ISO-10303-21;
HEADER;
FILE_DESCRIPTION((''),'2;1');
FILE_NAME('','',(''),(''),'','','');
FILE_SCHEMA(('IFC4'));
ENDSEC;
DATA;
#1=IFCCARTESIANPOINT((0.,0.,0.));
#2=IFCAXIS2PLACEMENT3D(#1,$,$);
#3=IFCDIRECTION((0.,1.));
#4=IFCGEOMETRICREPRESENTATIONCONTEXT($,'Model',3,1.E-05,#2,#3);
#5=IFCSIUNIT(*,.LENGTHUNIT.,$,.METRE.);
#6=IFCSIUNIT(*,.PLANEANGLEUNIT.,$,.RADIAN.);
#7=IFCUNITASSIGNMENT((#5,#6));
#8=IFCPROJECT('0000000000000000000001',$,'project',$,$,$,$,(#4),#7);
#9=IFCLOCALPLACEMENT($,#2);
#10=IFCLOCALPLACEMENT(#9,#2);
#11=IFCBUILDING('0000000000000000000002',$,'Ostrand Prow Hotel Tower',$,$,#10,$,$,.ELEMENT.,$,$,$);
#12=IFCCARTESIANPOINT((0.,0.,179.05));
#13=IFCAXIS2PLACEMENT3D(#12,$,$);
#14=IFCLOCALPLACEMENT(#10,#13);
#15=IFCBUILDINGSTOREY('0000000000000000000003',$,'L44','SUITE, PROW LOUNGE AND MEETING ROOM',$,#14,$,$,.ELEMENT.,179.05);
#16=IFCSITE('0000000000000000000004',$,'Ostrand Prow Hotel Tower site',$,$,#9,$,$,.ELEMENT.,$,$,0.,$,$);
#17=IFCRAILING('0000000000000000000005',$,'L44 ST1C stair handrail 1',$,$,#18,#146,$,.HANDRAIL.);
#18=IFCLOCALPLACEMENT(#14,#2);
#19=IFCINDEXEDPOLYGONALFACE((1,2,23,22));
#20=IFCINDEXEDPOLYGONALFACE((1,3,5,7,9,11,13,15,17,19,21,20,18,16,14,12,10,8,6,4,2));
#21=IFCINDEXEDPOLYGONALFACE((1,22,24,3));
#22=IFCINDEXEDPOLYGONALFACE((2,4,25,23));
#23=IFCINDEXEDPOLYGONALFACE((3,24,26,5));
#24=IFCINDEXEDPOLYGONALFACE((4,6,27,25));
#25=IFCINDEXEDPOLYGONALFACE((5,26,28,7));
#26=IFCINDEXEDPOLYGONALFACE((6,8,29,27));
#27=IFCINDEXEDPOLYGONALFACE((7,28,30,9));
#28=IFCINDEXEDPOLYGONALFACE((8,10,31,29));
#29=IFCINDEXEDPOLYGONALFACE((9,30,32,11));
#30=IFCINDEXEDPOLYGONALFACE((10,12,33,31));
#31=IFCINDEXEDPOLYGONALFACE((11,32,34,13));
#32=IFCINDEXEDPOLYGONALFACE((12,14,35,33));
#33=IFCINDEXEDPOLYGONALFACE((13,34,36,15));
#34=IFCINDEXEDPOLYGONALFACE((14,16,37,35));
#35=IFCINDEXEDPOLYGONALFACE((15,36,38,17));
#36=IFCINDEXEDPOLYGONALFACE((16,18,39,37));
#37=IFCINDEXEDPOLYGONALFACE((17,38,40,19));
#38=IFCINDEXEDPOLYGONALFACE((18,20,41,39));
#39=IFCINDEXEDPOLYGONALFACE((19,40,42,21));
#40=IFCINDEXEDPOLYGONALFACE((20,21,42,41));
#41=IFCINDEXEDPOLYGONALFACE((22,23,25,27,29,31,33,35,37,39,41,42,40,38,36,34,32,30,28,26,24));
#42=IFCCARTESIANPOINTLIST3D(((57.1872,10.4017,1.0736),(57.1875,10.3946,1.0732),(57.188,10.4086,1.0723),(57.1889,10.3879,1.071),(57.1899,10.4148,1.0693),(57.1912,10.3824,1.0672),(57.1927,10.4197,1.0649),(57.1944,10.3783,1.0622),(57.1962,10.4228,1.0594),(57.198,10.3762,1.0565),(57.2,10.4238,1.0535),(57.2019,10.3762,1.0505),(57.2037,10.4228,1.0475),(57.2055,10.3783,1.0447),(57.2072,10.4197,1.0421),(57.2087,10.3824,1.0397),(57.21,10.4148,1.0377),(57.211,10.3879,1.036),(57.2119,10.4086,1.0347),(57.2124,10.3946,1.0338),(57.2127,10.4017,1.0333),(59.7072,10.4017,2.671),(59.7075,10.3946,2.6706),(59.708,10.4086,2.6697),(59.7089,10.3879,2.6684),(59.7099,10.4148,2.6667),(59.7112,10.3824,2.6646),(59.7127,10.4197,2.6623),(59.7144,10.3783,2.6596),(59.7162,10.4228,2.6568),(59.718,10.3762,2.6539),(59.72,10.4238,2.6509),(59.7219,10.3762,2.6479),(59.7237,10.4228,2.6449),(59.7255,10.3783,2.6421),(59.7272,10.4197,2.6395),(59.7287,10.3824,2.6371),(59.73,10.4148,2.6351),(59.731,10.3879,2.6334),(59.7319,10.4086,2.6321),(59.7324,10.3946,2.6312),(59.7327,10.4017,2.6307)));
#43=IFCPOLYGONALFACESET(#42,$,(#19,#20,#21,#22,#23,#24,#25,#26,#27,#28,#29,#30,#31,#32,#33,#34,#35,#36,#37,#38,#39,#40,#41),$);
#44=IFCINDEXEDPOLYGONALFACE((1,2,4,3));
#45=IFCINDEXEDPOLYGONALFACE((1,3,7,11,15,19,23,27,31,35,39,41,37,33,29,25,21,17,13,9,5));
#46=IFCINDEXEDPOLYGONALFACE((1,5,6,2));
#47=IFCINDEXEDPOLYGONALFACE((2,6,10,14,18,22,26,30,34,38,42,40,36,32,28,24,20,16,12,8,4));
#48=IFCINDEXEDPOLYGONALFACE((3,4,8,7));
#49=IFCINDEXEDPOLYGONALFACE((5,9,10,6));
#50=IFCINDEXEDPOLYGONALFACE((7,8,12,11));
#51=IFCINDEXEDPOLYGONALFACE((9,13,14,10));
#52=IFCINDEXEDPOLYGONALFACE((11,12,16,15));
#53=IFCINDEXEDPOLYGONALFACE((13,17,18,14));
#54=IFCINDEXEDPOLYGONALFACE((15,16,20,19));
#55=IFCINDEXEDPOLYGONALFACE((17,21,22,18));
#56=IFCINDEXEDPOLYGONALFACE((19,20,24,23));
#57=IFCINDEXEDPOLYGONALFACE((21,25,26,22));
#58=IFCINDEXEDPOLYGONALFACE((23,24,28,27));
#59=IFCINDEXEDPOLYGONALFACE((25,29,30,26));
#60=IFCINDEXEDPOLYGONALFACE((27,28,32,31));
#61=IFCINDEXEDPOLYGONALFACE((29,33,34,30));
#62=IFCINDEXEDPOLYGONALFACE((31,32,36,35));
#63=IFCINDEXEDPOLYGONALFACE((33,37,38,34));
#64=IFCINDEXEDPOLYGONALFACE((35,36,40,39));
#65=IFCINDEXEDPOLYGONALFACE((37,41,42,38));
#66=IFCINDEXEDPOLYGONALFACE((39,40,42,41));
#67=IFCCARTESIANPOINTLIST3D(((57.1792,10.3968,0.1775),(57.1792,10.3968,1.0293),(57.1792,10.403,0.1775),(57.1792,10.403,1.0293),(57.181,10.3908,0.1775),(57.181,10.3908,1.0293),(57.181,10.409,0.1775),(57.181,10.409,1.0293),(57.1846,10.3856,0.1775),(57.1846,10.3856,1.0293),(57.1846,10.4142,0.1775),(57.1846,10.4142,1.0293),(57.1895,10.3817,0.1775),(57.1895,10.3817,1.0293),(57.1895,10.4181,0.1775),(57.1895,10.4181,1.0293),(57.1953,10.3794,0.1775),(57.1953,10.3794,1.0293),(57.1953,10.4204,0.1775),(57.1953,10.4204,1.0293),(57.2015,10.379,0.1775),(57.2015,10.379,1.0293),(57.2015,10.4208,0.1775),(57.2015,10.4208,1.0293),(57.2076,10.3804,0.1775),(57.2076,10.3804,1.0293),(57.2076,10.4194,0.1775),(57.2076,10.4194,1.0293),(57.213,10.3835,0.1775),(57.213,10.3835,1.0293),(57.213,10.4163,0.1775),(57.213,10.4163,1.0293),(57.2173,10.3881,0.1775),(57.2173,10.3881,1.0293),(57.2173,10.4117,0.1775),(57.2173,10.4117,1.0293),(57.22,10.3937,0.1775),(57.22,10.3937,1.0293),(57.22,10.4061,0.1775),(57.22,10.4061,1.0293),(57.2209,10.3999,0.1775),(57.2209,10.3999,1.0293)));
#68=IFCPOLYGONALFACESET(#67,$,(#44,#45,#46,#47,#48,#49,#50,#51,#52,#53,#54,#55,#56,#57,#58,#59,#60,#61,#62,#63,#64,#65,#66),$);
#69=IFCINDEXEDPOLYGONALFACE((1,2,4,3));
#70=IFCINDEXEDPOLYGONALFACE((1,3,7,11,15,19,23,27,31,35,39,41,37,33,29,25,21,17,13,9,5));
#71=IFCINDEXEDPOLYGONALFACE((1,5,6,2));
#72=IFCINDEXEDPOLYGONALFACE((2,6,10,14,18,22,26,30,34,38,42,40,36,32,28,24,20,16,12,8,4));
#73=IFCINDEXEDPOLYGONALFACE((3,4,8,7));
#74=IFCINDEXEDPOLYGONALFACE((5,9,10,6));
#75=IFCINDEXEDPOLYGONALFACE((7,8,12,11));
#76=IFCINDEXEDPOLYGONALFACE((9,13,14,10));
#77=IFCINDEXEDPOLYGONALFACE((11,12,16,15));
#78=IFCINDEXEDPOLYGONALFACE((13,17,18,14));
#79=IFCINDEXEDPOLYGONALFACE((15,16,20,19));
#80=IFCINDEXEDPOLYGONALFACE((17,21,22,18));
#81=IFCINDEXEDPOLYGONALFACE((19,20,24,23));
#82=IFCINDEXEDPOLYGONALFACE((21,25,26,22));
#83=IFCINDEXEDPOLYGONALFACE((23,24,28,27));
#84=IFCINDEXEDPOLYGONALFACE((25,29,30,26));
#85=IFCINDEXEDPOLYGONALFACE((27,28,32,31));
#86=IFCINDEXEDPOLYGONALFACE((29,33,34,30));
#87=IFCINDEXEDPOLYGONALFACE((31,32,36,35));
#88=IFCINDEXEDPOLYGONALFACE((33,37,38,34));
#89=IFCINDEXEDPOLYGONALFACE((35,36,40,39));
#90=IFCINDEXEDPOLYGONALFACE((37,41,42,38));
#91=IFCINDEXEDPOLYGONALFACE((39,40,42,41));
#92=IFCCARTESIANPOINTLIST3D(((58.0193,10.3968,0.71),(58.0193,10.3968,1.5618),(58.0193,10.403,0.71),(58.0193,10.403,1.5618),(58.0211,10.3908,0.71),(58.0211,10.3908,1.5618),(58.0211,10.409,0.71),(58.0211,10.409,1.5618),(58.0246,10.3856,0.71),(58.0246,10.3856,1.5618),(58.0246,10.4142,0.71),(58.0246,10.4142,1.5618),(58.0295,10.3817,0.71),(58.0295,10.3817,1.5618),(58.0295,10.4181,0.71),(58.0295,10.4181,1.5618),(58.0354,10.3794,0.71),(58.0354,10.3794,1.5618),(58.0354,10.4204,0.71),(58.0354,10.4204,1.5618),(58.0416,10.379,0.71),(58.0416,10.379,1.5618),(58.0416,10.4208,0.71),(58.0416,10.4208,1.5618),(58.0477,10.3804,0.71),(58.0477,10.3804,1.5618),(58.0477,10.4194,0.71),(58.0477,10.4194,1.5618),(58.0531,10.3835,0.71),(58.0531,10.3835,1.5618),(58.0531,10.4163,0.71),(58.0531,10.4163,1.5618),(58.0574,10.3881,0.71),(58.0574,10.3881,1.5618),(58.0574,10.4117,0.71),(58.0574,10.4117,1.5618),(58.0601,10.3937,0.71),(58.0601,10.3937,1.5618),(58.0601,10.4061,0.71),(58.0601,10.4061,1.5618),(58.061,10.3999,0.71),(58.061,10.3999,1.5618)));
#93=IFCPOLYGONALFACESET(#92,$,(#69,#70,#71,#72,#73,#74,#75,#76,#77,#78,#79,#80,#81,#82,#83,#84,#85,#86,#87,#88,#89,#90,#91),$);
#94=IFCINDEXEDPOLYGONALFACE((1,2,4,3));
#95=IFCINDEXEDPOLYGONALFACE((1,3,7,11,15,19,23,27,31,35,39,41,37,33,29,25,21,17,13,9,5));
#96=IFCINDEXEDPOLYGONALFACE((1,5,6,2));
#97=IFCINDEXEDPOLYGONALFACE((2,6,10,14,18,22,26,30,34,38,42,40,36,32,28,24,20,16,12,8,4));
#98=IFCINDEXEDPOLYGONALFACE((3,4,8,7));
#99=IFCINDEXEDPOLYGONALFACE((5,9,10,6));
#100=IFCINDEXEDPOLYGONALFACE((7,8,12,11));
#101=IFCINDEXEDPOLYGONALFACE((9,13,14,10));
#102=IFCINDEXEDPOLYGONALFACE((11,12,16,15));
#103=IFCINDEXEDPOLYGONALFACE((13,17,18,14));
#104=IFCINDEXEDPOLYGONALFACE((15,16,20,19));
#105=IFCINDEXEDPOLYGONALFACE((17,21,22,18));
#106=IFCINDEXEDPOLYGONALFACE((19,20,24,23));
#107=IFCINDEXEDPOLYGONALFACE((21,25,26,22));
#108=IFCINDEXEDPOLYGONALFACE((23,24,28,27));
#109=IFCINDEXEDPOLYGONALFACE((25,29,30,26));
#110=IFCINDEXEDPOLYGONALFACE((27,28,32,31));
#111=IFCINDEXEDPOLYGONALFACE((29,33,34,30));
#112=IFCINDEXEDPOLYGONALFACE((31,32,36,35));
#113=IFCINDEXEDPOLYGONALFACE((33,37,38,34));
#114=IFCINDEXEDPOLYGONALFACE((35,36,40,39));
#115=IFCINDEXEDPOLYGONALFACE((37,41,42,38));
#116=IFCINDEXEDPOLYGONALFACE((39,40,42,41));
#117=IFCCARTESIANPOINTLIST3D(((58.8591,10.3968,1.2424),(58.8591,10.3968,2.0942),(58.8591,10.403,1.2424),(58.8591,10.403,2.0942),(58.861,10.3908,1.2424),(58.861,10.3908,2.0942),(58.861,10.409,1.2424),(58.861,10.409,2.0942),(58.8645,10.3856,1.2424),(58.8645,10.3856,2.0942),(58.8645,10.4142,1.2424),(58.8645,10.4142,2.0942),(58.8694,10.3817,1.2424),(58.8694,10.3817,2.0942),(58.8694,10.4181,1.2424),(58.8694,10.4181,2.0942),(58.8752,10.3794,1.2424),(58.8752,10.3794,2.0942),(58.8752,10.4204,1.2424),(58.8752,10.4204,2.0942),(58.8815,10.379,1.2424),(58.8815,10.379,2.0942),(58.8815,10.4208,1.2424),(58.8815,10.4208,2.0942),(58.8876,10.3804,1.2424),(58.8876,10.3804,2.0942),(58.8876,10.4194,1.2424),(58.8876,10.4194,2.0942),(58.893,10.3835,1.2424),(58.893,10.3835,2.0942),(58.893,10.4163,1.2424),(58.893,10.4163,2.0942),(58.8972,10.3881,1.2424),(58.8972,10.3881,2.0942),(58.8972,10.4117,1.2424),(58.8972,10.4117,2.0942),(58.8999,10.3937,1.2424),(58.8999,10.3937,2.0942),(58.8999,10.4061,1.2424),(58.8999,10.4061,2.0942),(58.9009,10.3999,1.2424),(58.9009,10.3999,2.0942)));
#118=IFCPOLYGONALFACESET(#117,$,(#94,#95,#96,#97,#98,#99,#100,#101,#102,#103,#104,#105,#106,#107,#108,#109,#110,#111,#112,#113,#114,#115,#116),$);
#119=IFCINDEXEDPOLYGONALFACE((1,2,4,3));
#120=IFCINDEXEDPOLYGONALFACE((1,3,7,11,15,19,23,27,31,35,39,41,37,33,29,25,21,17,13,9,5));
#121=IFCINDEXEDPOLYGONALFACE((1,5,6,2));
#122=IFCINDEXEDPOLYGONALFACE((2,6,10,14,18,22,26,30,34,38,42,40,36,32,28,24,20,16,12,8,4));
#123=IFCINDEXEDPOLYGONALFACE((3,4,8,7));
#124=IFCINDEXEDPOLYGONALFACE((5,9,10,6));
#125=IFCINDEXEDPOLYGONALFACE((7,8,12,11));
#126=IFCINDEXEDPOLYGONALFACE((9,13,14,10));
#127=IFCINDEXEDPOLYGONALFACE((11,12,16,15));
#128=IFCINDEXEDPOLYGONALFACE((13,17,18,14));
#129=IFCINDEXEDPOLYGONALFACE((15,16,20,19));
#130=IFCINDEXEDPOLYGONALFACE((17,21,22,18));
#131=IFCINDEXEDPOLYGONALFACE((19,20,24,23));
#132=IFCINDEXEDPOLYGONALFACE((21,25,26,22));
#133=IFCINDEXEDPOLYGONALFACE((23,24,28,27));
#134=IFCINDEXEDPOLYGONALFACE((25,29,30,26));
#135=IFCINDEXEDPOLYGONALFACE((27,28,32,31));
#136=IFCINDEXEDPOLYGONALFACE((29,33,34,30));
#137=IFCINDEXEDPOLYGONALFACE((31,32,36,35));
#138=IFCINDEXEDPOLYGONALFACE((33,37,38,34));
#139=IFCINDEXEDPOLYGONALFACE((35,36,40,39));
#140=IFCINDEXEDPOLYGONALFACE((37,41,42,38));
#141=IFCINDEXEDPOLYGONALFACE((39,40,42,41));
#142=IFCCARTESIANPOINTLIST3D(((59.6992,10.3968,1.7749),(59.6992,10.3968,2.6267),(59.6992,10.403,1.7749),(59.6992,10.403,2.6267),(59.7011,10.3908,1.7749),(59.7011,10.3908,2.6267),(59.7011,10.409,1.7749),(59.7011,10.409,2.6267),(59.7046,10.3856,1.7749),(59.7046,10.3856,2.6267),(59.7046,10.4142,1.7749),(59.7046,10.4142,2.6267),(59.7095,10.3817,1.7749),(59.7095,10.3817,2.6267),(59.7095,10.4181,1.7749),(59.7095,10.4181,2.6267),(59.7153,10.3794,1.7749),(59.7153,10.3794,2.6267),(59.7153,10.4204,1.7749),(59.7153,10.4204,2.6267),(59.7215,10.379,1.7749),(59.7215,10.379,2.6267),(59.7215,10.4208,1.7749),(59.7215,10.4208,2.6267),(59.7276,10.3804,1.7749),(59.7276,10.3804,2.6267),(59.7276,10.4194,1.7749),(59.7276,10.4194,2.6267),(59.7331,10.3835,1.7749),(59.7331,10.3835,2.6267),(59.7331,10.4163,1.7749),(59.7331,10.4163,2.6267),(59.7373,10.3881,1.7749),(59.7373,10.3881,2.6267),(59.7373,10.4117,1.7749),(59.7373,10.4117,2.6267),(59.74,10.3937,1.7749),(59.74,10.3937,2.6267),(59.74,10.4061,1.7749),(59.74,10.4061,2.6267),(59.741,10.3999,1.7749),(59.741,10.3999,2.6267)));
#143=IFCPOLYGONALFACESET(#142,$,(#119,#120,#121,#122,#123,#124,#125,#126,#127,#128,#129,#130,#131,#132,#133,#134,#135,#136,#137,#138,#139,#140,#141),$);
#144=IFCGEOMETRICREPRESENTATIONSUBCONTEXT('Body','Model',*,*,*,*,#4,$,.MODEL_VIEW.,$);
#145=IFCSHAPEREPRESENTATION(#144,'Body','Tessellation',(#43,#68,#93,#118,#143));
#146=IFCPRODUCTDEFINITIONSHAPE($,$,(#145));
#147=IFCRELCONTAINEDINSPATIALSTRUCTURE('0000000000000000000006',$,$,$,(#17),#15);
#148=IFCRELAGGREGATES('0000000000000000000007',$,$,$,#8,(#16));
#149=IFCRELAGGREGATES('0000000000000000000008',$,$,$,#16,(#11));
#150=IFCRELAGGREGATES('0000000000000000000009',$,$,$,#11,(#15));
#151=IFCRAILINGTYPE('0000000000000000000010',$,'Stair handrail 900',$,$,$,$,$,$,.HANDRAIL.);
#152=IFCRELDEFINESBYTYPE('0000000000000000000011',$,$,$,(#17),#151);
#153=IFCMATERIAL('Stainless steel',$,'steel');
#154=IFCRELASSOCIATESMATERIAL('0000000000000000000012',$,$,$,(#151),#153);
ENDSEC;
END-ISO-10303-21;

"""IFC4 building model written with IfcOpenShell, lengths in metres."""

from ifc_helpers import new_model, si_unit, direction, frame, origin, origin_2d, place, context, subcontext, project, spatial, circle, extrude, material, type_object, element, save


model = new_model("IFC4")

# Units and contexts
model_context = context("Model", 3, precision=1e-05, world=origin(), true_north=direction((0.0, 1.0)))
body_context = subcontext(model_context, "Body", "Model", "MODEL_VIEW")
ifc_project = project(units=[si_unit("LENGTHUNIT", "METRE"), si_unit("PLANEANGLEUNIT", "RADIAN")], contexts=[model_context])

# Site, building, storey
site_placement = place(None, origin())
site = spatial("IfcSite", under=ifc_project, at=site_placement, Name="Ostrand Prow Hotel Tower site", CompositionType="ELEMENT", RefElevation=0.0)
building_placement = place(site_placement, origin())
building = spatial("IfcBuilding", under=site, at=building_placement, Name="Ostrand Prow Hotel Tower", CompositionType="ELEMENT")
storey_placement = place(building_placement, frame((0.0, 0.0, 179.05)))
storey = spatial("IfcBuildingStorey", under=building, at=storey_placement, Name="L44", Description="SUITE, PROW LOUNGE AND MEETING ROOM", CompositionType="ELEMENT", Elevation=179.05)

# Railing
ifc_material_1 = material(Name="Stainless steel", Category="steel")
railing_type_1 = type_object("IfcRailingType", Name="Stair handrail 900", PredefinedType="HANDRAIL", material=ifc_material_1)
railing_1_placement = place(storey_placement, frame((57.2, 10.3999, 0.1775)))
element("IfcRailing", 1, at=railing_1_placement, inside=storey, type_object=railing_type_1, Name="L44 ST1C stair handrail 1", PredefinedType="HANDRAIL", context=body_context, shape_type="SweptSolid", body=[
    extrude(circle(Radius=0.0239, at=origin_2d()), frame((0.0, 0.0, 0.876), z_axis=(0.844607, 0.0, 0.535387), x_axis=(0.0, 1.0, 0.0)), (0.0, 0.0, 1.0), 2.9836),
    extrude(circle(Radius=0.021, at=origin_2d()), origin(), (0.0, 0.0, 1.0), 0.8518),
    extrude(circle(Radius=0.021, at=origin_2d()), frame((0.8401, 0.0, 0.5325)), (0.0, 0.0, 1.0), 0.8518),
    extrude(circle(Radius=0.021, at=origin_2d()), frame((1.6799, 0.0, 1.0649)), (0.0, 0.0, 1.0), 0.8518),
    extrude(circle(Radius=0.021, at=origin_2d()), frame((2.52, 0.0, 1.5974)), (0.0, 0.0, 1.0), 0.8518),
])

save(model, "model.ifc")
